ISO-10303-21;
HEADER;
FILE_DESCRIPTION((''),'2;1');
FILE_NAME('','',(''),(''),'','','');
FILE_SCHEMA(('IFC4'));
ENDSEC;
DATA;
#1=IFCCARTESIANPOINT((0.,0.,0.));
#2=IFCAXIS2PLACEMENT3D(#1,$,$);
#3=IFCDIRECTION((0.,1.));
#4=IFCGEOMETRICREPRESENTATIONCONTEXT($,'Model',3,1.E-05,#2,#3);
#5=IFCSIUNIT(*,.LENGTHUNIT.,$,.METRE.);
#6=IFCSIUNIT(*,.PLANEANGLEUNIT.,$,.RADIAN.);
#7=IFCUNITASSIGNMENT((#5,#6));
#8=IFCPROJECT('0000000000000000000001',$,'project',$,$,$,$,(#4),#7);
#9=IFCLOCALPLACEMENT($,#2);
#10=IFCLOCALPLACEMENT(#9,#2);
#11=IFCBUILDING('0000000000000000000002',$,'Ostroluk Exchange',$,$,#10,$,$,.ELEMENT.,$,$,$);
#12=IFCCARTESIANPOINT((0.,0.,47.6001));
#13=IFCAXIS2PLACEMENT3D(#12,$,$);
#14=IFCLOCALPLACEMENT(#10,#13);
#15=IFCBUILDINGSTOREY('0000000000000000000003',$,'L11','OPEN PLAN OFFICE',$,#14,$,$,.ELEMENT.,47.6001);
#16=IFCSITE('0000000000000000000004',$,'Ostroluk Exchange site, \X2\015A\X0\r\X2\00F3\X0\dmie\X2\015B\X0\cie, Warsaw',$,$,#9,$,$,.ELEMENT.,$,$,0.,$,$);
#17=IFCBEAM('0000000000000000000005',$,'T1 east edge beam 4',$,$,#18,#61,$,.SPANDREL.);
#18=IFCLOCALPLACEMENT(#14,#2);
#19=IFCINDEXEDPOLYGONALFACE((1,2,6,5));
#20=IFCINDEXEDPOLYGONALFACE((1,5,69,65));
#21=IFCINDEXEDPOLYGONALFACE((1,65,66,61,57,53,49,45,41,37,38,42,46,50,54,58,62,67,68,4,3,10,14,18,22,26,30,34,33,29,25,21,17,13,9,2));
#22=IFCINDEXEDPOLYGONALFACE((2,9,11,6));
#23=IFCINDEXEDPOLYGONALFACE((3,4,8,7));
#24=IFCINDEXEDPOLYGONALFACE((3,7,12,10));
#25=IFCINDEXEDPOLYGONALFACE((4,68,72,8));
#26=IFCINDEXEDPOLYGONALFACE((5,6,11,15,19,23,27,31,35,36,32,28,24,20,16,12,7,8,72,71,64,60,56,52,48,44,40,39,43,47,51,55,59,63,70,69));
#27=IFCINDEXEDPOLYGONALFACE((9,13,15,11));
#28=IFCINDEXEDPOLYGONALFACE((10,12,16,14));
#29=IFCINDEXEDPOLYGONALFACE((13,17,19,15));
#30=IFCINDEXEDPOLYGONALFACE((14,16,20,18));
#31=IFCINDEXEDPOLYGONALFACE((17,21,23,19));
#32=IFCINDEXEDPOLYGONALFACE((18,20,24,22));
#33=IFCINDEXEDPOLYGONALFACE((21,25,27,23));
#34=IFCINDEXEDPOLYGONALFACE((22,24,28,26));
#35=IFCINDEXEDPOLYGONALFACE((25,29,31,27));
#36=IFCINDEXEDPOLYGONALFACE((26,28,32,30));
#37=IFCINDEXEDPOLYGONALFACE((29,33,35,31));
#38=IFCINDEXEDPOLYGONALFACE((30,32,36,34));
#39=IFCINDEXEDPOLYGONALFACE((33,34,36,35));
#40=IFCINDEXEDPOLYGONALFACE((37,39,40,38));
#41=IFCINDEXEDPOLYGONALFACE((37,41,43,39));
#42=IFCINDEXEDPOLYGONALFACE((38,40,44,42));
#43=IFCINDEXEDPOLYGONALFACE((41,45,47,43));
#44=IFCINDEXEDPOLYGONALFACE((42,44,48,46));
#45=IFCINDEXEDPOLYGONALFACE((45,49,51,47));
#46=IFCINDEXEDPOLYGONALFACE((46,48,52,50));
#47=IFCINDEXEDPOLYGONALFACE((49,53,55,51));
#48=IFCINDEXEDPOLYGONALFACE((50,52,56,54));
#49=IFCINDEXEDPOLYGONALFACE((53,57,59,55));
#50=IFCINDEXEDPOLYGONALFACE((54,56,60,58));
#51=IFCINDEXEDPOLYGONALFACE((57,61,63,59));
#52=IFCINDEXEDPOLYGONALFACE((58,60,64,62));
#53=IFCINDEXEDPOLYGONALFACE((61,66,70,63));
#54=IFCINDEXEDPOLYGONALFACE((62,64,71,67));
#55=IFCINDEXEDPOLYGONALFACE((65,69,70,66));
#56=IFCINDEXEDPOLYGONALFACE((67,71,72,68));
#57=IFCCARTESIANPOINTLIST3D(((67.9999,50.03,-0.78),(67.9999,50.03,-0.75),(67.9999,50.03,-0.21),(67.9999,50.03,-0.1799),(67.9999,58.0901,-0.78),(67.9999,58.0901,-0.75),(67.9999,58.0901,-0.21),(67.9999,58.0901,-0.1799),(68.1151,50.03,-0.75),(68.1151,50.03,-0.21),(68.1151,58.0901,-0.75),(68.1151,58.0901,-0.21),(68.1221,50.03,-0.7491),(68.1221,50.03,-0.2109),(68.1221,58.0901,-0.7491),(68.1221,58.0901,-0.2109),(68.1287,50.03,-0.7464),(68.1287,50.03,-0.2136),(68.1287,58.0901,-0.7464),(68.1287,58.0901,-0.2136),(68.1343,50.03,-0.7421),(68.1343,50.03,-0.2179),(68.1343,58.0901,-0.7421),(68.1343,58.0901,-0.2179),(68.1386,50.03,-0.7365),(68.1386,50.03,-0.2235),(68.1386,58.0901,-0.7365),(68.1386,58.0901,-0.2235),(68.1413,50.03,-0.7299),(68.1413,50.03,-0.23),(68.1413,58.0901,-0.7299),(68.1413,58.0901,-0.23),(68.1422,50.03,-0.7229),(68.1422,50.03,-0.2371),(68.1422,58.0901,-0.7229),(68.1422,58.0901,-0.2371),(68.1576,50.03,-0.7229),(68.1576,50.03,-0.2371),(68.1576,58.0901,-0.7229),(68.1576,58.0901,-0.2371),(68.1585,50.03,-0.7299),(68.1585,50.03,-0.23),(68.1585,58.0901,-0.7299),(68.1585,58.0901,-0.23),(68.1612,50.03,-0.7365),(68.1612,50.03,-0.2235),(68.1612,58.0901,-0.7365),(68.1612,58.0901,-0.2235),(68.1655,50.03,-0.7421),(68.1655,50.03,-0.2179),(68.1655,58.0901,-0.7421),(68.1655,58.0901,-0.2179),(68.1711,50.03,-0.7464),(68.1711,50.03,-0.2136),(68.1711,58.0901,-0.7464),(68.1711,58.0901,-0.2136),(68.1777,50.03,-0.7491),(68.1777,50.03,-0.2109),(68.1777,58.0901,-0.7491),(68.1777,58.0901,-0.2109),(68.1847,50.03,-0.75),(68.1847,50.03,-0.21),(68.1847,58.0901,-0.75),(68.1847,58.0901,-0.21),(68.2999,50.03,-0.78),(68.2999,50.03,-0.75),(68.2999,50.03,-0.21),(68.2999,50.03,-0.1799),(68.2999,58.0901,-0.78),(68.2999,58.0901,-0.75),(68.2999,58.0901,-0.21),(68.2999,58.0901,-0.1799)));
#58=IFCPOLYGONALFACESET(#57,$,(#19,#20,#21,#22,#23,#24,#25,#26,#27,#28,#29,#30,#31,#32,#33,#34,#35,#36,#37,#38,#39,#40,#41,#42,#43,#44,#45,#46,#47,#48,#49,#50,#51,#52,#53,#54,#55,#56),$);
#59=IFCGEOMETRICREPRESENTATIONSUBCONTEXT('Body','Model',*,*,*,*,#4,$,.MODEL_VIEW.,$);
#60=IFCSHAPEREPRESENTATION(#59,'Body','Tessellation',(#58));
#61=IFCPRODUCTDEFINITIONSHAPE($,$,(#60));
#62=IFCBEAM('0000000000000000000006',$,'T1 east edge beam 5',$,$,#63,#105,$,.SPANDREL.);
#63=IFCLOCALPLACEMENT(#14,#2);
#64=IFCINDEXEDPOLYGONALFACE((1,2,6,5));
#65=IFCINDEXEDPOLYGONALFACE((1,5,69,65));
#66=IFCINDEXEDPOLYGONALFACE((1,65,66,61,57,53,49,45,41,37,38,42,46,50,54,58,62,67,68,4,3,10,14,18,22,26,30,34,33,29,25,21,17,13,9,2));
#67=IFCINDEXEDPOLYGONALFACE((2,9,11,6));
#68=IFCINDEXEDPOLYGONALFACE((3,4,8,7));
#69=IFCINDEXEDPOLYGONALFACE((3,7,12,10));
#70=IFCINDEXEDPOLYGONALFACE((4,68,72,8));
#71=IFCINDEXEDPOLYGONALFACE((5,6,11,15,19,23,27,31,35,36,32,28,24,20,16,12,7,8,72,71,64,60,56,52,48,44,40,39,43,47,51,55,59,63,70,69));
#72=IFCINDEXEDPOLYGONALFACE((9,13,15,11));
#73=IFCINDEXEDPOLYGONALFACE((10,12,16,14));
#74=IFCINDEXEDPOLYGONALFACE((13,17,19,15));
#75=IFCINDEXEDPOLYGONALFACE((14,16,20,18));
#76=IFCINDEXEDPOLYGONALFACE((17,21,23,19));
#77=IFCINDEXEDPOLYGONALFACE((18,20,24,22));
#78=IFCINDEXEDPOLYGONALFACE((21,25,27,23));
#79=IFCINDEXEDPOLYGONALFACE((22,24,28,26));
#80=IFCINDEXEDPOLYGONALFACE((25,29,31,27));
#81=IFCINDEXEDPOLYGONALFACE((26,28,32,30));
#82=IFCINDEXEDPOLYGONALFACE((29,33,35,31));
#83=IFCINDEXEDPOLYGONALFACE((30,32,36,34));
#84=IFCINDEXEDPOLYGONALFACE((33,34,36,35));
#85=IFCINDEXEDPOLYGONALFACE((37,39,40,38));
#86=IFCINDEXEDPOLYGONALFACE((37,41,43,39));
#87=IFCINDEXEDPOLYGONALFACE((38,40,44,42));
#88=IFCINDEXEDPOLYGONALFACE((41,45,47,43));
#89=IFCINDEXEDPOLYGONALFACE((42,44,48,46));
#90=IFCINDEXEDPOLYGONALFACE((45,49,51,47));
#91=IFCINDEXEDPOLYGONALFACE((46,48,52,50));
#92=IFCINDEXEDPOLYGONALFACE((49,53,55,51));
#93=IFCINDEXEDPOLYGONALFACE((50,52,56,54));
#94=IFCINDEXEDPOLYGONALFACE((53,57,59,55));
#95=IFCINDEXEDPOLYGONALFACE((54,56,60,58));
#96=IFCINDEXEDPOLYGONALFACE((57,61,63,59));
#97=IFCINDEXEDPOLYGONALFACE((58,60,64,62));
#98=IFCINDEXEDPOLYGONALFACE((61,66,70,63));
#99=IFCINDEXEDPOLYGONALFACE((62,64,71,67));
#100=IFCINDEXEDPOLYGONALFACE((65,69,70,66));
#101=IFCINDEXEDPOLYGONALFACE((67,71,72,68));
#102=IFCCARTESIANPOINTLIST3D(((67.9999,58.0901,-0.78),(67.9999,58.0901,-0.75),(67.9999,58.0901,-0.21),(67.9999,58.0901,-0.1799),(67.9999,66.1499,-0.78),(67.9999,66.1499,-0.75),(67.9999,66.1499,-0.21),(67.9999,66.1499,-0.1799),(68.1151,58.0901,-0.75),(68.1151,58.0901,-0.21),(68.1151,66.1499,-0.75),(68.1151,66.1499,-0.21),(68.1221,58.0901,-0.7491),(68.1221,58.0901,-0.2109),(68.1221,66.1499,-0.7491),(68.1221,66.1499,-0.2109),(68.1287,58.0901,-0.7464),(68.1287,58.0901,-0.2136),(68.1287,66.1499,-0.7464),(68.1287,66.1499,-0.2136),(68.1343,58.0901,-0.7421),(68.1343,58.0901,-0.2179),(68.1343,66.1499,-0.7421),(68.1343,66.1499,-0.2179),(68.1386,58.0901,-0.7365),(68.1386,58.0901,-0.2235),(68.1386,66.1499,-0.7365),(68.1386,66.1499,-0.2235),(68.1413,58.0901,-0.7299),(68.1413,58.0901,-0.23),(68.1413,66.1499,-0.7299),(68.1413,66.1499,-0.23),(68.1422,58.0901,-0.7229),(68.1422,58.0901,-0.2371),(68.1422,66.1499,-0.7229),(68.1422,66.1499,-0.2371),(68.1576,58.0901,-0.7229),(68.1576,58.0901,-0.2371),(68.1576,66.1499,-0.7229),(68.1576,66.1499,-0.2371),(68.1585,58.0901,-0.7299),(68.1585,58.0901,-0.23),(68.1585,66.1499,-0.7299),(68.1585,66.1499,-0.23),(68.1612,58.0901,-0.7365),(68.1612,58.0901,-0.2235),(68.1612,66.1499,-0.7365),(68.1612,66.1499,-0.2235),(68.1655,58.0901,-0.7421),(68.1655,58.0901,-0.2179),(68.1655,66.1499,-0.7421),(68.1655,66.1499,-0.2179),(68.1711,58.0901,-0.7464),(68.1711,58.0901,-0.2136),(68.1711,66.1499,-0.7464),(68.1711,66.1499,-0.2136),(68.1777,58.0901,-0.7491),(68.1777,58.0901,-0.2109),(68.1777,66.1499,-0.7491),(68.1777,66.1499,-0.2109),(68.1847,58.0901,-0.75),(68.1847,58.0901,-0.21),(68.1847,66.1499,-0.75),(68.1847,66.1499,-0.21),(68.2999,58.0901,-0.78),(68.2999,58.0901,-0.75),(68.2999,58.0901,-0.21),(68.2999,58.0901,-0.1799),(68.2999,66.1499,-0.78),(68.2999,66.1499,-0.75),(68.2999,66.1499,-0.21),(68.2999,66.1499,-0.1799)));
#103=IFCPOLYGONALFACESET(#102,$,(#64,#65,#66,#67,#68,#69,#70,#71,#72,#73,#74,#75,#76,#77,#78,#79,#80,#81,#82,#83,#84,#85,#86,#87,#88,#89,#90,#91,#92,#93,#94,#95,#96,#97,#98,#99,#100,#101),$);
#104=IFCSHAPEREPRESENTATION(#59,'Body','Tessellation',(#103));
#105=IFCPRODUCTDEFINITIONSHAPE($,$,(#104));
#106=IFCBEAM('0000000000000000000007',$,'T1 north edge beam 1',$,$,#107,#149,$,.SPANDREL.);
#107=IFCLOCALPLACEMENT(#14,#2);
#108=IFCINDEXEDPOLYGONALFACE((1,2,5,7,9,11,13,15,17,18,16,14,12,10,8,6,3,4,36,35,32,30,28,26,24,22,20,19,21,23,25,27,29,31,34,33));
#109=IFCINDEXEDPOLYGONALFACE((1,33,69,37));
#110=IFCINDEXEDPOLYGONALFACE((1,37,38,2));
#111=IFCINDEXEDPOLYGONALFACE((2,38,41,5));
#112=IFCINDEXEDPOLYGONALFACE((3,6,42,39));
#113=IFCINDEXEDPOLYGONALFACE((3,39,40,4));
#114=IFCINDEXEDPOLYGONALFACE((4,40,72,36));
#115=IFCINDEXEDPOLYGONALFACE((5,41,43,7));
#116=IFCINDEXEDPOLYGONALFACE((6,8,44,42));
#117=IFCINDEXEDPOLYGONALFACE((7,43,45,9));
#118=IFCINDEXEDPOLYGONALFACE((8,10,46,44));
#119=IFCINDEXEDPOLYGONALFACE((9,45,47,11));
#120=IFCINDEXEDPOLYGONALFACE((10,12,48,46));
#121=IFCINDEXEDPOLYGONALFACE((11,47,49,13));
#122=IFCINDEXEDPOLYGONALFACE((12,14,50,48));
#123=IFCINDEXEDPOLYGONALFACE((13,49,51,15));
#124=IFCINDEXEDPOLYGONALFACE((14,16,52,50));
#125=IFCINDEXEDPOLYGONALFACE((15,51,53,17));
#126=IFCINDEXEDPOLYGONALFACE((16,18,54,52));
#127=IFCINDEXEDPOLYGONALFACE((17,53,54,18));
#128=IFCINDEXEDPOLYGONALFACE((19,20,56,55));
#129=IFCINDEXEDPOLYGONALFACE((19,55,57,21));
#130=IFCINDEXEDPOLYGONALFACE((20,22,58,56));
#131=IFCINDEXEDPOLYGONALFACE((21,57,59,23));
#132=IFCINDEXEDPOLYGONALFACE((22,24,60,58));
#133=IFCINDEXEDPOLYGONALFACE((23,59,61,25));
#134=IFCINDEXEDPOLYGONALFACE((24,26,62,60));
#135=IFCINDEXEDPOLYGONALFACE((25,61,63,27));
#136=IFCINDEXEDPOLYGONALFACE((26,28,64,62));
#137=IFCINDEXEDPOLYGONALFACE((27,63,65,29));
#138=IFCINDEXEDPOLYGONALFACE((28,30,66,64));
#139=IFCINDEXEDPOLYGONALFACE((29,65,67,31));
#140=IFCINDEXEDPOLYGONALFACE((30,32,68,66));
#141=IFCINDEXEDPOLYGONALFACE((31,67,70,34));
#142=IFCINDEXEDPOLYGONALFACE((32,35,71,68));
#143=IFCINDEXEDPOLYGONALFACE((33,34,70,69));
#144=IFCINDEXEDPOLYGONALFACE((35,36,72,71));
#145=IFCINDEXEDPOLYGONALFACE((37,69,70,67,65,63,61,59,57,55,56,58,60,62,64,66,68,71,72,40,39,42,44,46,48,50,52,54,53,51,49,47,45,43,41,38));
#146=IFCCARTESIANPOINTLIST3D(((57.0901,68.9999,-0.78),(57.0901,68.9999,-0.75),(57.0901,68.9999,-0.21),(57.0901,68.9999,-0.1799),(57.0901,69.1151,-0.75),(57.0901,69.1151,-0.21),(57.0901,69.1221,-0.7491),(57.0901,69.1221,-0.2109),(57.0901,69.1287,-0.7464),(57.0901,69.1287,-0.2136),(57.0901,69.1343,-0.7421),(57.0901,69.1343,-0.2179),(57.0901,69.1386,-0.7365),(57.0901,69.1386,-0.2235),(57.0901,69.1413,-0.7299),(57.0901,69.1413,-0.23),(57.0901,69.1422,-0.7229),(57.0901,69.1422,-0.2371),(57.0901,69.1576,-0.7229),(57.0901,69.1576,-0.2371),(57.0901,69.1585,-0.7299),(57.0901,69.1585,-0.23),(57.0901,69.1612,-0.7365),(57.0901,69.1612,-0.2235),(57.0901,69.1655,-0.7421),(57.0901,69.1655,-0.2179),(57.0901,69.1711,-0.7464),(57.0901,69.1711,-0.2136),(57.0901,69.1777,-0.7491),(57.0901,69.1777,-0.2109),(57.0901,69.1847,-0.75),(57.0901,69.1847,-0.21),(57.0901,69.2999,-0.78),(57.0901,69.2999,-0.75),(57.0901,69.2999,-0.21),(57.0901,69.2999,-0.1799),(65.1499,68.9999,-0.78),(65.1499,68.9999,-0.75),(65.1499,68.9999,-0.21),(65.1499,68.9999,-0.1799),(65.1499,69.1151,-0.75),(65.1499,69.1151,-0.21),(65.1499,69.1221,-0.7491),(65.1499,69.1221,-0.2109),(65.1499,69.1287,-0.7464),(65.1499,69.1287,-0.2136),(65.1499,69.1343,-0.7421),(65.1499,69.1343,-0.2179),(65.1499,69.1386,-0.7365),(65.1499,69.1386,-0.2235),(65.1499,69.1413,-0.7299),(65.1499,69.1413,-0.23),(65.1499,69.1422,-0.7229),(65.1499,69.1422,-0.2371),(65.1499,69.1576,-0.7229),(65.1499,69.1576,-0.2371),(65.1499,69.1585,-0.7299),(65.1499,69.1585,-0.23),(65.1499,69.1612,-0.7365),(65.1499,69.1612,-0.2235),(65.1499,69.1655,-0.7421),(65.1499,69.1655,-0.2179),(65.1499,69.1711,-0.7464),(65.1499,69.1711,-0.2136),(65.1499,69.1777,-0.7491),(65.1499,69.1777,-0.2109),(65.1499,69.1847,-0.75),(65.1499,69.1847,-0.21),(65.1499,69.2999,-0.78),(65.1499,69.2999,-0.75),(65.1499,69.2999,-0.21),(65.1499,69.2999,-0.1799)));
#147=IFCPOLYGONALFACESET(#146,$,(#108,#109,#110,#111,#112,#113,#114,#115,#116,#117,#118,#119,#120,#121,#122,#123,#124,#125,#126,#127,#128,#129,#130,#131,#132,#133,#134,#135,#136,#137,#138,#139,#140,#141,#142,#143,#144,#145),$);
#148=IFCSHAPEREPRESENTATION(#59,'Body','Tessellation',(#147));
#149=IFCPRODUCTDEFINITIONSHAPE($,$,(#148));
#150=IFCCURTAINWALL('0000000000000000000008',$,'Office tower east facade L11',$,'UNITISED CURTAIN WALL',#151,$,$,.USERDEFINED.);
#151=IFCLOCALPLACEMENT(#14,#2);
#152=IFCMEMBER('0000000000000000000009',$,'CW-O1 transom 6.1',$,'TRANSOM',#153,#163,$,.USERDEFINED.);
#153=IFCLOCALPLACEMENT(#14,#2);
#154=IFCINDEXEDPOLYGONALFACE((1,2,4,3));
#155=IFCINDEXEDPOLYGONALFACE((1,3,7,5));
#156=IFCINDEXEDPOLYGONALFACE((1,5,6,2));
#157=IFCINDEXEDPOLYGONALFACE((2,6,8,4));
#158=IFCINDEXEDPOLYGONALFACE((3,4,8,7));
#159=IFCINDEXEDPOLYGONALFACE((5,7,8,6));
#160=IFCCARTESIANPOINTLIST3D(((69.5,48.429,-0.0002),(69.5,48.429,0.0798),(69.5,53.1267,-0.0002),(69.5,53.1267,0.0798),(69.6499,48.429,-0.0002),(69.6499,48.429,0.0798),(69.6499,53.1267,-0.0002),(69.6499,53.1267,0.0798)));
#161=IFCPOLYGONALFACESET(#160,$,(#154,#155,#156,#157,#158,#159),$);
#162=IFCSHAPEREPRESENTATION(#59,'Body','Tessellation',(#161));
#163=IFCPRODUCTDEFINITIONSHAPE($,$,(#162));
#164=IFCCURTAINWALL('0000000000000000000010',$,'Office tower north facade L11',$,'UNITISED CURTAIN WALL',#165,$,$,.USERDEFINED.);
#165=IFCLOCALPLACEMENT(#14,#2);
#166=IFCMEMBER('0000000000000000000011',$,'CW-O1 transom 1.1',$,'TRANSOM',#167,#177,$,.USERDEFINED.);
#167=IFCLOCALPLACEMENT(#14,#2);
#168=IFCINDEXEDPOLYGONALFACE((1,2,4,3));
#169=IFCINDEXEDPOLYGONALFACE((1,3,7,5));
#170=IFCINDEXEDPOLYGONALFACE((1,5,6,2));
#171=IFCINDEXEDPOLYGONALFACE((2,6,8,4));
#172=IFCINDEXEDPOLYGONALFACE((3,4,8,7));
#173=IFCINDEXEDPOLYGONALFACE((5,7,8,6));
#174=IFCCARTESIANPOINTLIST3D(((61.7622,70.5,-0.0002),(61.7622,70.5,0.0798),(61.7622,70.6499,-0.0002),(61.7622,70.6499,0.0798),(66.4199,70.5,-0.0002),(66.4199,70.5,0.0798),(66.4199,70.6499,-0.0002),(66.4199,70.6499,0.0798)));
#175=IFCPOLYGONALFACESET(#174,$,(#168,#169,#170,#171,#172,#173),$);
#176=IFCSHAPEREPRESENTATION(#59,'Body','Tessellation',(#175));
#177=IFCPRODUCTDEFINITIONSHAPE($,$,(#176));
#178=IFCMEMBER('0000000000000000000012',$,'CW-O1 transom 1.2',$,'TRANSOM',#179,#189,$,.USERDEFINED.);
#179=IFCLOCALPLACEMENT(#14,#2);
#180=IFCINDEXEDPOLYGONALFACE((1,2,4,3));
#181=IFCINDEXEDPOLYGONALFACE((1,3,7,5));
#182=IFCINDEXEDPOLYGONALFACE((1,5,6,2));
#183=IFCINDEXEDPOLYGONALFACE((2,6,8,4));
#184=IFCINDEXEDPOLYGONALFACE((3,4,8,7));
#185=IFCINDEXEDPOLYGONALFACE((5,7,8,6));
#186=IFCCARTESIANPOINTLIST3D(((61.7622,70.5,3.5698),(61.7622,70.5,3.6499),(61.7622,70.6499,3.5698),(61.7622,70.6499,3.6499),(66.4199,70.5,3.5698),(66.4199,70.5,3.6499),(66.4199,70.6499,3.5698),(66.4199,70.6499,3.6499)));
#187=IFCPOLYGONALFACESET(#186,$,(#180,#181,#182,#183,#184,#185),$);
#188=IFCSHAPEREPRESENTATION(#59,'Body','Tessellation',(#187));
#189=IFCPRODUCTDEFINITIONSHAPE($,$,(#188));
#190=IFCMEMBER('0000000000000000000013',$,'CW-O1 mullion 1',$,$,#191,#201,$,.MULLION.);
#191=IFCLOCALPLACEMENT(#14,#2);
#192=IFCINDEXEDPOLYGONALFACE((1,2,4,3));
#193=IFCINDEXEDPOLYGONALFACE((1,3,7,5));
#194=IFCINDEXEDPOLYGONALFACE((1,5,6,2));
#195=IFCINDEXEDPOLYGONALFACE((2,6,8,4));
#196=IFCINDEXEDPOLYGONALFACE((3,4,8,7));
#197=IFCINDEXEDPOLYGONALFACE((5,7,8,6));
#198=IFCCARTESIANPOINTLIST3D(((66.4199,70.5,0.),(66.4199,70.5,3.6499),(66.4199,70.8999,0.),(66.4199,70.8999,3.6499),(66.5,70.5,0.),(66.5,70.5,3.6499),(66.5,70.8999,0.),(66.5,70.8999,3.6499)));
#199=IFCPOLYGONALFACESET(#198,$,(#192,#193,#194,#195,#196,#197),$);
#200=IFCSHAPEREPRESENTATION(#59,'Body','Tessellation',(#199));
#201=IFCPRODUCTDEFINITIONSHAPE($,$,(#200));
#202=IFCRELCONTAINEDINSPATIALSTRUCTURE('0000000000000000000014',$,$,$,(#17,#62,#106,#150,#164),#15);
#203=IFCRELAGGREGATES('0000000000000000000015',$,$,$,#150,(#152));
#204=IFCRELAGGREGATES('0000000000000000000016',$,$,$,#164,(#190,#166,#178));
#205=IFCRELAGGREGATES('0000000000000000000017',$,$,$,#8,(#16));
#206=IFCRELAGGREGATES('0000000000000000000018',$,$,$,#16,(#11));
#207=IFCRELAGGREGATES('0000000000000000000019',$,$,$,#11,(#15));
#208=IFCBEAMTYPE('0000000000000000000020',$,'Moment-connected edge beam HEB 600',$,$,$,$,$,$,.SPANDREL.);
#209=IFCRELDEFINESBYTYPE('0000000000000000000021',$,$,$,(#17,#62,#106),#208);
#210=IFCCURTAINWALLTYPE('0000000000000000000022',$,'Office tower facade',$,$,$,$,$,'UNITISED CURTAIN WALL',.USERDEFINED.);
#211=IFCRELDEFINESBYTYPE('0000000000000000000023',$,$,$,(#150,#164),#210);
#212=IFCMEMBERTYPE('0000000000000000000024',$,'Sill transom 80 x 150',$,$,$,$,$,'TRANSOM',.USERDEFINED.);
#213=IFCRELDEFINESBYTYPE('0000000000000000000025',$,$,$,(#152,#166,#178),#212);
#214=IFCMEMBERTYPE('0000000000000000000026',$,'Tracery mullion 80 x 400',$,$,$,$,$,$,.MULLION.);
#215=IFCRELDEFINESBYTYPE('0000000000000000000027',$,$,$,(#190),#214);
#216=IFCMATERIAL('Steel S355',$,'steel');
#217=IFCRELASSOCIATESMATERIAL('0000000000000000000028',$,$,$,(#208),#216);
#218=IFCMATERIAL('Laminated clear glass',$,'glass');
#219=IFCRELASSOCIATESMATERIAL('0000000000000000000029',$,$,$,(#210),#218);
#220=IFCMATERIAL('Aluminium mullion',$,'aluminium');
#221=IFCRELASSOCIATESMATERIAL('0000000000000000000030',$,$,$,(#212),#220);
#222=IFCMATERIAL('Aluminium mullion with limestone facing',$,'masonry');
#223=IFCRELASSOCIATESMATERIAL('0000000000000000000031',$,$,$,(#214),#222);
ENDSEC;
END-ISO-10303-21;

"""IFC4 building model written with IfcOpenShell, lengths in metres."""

from ifc_helpers import new_model, si_unit, direction, frame, origin, origin_2d, place, context, subcontext, project, spatial, rectangle, i_section, extrude, material, material_profile, profile_set, type_object, element, aggregate, save


model = new_model("IFC4")

# Units and contexts
model_context = context("Model", 3, precision=1e-05, world=origin(), true_north=direction((0.0, 1.0)))
body_context = subcontext(model_context, "Body", "Model", "MODEL_VIEW")
ifc_project = project(units=[si_unit("LENGTHUNIT", "METRE"), si_unit("PLANEANGLEUNIT", "RADIAN")], contexts=[model_context])

# Site, building, storey
site_placement = place(None, origin())
site = spatial("IfcSite", under=ifc_project, at=site_placement, Name="Ostroluk Exchange site, Śródmieście, Warsaw", CompositionType="ELEMENT", RefElevation=0.0)
building_placement = place(site_placement, origin())
building = spatial("IfcBuilding", under=site, at=building_placement, Name="Ostroluk Exchange", CompositionType="ELEMENT")
storey_placement = place(building_placement, frame((0.0, 0.0, 47.6001)))
storey = spatial("IfcBuildingStorey", under=building, at=storey_placement, Name="L11", Description="OPEN PLAN OFFICE", CompositionType="ELEMENT", Elevation=47.6001)

# Beams
ifc_material_1 = material(Name="Steel S355", Category="steel")
ifc_material_profile_1 = material_profile(ifc_material_1, i_section(OverallWidth=0.3, OverallDepth=0.6001, WebThickness=0.0154, FlangeThickness=0.03, FilletRadius=0.0271, at=origin_2d()), Name="HEB 600")
ifc_profile_set_1 = profile_set([ifc_material_profile_1], Name="Steel S355")
beam_type_1 = type_object("IfcBeamType", Name="Moment-connected edge beam HEB 600", PredefinedType="SPANDREL", material=ifc_profile_set_1)
beam_placement = place(storey_placement, frame((68.1499, 50.03, -0.48), z_axis=(0.0, 1.0, 0.0), x_axis=(-1.0, 0.0, 0.0)))
element("IfcBeam", 1, at=beam_placement, inside=storey, type_object=beam_type_1, Name="T1 east edge beam 4", PredefinedType="SPANDREL", context=body_context, shape_type="SweptSolid", body=[
    extrude(i_section(OverallWidth=0.3, OverallDepth=0.6001, WebThickness=0.0154, FlangeThickness=0.03, FilletRadius=0.0271, at=origin_2d()), origin(), (0.0, 0.0, 1.0), 8.0601),
])
for number, where, z_axis, x_axis, name in (
    (2, (68.1499, 58.0901, -0.48), (0.0, 1.0, 0.0), (-1.0, 0.0, 0.0), "T1 east edge beam 5"),
    (3, (65.1499, 69.1499, -0.48), (-1.0, 0.0, 0.0), (0.0, -1.0, 0.0), "T1 north edge beam 1"),
):
    element("IfcBeam", number, at=place(storey_placement, frame(where, z_axis=z_axis, x_axis=x_axis)), inside=storey, type_object=beam_type_1, Name=name, PredefinedType="SPANDREL", context=body_context, shape_type="SweptSolid", body=[
        extrude(i_section(OverallWidth=0.3, OverallDepth=0.6001, WebThickness=0.0154, FlangeThickness=0.03, FilletRadius=0.0271, at=origin_2d()), origin(), (0.0, 0.0, 1.0), 8.0598),
    ])

# Curtain wall, member
ifc_material_2 = material(Name="Laminated clear glass", Category="glass")
curtain_wall_type = type_object("IfcCurtainWallType", Name="Office tower facade", ElementType="UNITISED CURTAIN WALL", PredefinedType="USERDEFINED", material=ifc_material_2)
curtain_wall_1_placement = place(storey_placement, origin())
curtain_wall_1 = element("IfcCurtainWall", 4, at=curtain_wall_1_placement, inside=storey, type_object=curtain_wall_type, Name="Office tower east facade L11", ObjectType="UNITISED CURTAIN WALL", PredefinedType="USERDEFINED")
ifc_material_3 = material(Name="Aluminium mullion", Category="aluminium")
ifc_material_profile_2 = material_profile(ifc_material_3, rectangle(XDim=0.1499, YDim=0.0801, at=origin_2d()), Name="Sill transom 80 x 150")
ifc_profile_set_2 = profile_set([ifc_material_profile_2], Name="Aluminium mullion")
member_type_1 = type_object("IfcMemberType", Name="Sill transom 80 x 150", ElementType="TRANSOM", PredefinedType="USERDEFINED", material=ifc_profile_set_2)
member_1_placement = place(storey_placement, frame((69.575, 48.429, 0.0398), z_axis=(0.0, 1.0, 0.0), x_axis=(-1.0, 0.0, 0.0)))
member_1 = element("IfcMember", 5, at=member_1_placement, type_object=member_type_1, Name="CW-O1 transom 6.1", ObjectType="TRANSOM", PredefinedType="USERDEFINED", context=body_context, shape_type="SweptSolid", body=[
    extrude(rectangle(XDim=0.1499, YDim=0.0801, at=origin_2d()), origin(), (0.0, 0.0, 1.0), 4.6978),
])
aggregate(curtain_wall_1, [member_1])

# Curtain wall, members
curtain_wall_2_placement = place(storey_placement, origin())
curtain_wall_2 = element("IfcCurtainWall", 6, at=curtain_wall_2_placement, inside=storey, type_object=curtain_wall_type, Name="Office tower north facade L11", ObjectType="UNITISED CURTAIN WALL", PredefinedType="USERDEFINED")
member_2_placement = place(storey_placement, frame((66.4199, 70.575, 0.0398), z_axis=(-1.0, 0.0, 0.0), x_axis=(0.0, -1.0, 0.0)))
member_2 = element("IfcMember", 7, at=member_2_placement, type_object=member_type_1, Name="CW-O1 transom 1.1", ObjectType="TRANSOM", PredefinedType="USERDEFINED", context=body_context, shape_type="SweptSolid", body=[
    extrude(rectangle(XDim=0.1499, YDim=0.0801, at=origin_2d()), origin(), (0.0, 0.0, 1.0), 4.6577),
])
member_3_placement = place(storey_placement, frame((66.4199, 70.575, 3.6099), z_axis=(-1.0, 0.0, 0.0), x_axis=(0.0, -1.0, 0.0)))
member_3 = element("IfcMember", 8, at=member_3_placement, type_object=member_type_1, Name="CW-O1 transom 1.2", ObjectType="TRANSOM", PredefinedType="USERDEFINED", context=body_context, shape_type="SweptSolid", body=[
    extrude(rectangle(XDim=0.1499, YDim=0.0801, at=origin_2d()), origin(), (0.0, 0.0, 1.0), 4.6577),
])
ifc_material_4 = material(Name="Aluminium mullion with limestone facing", Category="masonry")
ifc_material_profile_3 = material_profile(ifc_material_4, rectangle(XDim=0.3999, YDim=0.0801, at=origin_2d()), Name="Tracery mullion 80 x 400")
ifc_profile_set_3 = profile_set([ifc_material_profile_3], Name="Aluminium mullion with limestone facing")
member_type_2 = type_object("IfcMemberType", Name="Tracery mullion 80 x 400", PredefinedType="MULLION", material=ifc_profile_set_3)
member_4_placement = place(storey_placement, frame((66.46, 70.7, 0.0), z_axis=(0.0, 0.0, 1.0), x_axis=(0.0, -1.0, 0.0)))
member_4 = element("IfcMember", 9, at=member_4_placement, type_object=member_type_2, Name="CW-O1 mullion 1", PredefinedType="MULLION", context=body_context, shape_type="SweptSolid", body=[
    extrude(rectangle(XDim=0.3999, YDim=0.0801, at=origin_2d()), origin(), (0.0, 0.0, 1.0), 3.6499),
])
aggregate(curtain_wall_2, [member_4, member_2, member_3])

save(model, "model.ifc")
